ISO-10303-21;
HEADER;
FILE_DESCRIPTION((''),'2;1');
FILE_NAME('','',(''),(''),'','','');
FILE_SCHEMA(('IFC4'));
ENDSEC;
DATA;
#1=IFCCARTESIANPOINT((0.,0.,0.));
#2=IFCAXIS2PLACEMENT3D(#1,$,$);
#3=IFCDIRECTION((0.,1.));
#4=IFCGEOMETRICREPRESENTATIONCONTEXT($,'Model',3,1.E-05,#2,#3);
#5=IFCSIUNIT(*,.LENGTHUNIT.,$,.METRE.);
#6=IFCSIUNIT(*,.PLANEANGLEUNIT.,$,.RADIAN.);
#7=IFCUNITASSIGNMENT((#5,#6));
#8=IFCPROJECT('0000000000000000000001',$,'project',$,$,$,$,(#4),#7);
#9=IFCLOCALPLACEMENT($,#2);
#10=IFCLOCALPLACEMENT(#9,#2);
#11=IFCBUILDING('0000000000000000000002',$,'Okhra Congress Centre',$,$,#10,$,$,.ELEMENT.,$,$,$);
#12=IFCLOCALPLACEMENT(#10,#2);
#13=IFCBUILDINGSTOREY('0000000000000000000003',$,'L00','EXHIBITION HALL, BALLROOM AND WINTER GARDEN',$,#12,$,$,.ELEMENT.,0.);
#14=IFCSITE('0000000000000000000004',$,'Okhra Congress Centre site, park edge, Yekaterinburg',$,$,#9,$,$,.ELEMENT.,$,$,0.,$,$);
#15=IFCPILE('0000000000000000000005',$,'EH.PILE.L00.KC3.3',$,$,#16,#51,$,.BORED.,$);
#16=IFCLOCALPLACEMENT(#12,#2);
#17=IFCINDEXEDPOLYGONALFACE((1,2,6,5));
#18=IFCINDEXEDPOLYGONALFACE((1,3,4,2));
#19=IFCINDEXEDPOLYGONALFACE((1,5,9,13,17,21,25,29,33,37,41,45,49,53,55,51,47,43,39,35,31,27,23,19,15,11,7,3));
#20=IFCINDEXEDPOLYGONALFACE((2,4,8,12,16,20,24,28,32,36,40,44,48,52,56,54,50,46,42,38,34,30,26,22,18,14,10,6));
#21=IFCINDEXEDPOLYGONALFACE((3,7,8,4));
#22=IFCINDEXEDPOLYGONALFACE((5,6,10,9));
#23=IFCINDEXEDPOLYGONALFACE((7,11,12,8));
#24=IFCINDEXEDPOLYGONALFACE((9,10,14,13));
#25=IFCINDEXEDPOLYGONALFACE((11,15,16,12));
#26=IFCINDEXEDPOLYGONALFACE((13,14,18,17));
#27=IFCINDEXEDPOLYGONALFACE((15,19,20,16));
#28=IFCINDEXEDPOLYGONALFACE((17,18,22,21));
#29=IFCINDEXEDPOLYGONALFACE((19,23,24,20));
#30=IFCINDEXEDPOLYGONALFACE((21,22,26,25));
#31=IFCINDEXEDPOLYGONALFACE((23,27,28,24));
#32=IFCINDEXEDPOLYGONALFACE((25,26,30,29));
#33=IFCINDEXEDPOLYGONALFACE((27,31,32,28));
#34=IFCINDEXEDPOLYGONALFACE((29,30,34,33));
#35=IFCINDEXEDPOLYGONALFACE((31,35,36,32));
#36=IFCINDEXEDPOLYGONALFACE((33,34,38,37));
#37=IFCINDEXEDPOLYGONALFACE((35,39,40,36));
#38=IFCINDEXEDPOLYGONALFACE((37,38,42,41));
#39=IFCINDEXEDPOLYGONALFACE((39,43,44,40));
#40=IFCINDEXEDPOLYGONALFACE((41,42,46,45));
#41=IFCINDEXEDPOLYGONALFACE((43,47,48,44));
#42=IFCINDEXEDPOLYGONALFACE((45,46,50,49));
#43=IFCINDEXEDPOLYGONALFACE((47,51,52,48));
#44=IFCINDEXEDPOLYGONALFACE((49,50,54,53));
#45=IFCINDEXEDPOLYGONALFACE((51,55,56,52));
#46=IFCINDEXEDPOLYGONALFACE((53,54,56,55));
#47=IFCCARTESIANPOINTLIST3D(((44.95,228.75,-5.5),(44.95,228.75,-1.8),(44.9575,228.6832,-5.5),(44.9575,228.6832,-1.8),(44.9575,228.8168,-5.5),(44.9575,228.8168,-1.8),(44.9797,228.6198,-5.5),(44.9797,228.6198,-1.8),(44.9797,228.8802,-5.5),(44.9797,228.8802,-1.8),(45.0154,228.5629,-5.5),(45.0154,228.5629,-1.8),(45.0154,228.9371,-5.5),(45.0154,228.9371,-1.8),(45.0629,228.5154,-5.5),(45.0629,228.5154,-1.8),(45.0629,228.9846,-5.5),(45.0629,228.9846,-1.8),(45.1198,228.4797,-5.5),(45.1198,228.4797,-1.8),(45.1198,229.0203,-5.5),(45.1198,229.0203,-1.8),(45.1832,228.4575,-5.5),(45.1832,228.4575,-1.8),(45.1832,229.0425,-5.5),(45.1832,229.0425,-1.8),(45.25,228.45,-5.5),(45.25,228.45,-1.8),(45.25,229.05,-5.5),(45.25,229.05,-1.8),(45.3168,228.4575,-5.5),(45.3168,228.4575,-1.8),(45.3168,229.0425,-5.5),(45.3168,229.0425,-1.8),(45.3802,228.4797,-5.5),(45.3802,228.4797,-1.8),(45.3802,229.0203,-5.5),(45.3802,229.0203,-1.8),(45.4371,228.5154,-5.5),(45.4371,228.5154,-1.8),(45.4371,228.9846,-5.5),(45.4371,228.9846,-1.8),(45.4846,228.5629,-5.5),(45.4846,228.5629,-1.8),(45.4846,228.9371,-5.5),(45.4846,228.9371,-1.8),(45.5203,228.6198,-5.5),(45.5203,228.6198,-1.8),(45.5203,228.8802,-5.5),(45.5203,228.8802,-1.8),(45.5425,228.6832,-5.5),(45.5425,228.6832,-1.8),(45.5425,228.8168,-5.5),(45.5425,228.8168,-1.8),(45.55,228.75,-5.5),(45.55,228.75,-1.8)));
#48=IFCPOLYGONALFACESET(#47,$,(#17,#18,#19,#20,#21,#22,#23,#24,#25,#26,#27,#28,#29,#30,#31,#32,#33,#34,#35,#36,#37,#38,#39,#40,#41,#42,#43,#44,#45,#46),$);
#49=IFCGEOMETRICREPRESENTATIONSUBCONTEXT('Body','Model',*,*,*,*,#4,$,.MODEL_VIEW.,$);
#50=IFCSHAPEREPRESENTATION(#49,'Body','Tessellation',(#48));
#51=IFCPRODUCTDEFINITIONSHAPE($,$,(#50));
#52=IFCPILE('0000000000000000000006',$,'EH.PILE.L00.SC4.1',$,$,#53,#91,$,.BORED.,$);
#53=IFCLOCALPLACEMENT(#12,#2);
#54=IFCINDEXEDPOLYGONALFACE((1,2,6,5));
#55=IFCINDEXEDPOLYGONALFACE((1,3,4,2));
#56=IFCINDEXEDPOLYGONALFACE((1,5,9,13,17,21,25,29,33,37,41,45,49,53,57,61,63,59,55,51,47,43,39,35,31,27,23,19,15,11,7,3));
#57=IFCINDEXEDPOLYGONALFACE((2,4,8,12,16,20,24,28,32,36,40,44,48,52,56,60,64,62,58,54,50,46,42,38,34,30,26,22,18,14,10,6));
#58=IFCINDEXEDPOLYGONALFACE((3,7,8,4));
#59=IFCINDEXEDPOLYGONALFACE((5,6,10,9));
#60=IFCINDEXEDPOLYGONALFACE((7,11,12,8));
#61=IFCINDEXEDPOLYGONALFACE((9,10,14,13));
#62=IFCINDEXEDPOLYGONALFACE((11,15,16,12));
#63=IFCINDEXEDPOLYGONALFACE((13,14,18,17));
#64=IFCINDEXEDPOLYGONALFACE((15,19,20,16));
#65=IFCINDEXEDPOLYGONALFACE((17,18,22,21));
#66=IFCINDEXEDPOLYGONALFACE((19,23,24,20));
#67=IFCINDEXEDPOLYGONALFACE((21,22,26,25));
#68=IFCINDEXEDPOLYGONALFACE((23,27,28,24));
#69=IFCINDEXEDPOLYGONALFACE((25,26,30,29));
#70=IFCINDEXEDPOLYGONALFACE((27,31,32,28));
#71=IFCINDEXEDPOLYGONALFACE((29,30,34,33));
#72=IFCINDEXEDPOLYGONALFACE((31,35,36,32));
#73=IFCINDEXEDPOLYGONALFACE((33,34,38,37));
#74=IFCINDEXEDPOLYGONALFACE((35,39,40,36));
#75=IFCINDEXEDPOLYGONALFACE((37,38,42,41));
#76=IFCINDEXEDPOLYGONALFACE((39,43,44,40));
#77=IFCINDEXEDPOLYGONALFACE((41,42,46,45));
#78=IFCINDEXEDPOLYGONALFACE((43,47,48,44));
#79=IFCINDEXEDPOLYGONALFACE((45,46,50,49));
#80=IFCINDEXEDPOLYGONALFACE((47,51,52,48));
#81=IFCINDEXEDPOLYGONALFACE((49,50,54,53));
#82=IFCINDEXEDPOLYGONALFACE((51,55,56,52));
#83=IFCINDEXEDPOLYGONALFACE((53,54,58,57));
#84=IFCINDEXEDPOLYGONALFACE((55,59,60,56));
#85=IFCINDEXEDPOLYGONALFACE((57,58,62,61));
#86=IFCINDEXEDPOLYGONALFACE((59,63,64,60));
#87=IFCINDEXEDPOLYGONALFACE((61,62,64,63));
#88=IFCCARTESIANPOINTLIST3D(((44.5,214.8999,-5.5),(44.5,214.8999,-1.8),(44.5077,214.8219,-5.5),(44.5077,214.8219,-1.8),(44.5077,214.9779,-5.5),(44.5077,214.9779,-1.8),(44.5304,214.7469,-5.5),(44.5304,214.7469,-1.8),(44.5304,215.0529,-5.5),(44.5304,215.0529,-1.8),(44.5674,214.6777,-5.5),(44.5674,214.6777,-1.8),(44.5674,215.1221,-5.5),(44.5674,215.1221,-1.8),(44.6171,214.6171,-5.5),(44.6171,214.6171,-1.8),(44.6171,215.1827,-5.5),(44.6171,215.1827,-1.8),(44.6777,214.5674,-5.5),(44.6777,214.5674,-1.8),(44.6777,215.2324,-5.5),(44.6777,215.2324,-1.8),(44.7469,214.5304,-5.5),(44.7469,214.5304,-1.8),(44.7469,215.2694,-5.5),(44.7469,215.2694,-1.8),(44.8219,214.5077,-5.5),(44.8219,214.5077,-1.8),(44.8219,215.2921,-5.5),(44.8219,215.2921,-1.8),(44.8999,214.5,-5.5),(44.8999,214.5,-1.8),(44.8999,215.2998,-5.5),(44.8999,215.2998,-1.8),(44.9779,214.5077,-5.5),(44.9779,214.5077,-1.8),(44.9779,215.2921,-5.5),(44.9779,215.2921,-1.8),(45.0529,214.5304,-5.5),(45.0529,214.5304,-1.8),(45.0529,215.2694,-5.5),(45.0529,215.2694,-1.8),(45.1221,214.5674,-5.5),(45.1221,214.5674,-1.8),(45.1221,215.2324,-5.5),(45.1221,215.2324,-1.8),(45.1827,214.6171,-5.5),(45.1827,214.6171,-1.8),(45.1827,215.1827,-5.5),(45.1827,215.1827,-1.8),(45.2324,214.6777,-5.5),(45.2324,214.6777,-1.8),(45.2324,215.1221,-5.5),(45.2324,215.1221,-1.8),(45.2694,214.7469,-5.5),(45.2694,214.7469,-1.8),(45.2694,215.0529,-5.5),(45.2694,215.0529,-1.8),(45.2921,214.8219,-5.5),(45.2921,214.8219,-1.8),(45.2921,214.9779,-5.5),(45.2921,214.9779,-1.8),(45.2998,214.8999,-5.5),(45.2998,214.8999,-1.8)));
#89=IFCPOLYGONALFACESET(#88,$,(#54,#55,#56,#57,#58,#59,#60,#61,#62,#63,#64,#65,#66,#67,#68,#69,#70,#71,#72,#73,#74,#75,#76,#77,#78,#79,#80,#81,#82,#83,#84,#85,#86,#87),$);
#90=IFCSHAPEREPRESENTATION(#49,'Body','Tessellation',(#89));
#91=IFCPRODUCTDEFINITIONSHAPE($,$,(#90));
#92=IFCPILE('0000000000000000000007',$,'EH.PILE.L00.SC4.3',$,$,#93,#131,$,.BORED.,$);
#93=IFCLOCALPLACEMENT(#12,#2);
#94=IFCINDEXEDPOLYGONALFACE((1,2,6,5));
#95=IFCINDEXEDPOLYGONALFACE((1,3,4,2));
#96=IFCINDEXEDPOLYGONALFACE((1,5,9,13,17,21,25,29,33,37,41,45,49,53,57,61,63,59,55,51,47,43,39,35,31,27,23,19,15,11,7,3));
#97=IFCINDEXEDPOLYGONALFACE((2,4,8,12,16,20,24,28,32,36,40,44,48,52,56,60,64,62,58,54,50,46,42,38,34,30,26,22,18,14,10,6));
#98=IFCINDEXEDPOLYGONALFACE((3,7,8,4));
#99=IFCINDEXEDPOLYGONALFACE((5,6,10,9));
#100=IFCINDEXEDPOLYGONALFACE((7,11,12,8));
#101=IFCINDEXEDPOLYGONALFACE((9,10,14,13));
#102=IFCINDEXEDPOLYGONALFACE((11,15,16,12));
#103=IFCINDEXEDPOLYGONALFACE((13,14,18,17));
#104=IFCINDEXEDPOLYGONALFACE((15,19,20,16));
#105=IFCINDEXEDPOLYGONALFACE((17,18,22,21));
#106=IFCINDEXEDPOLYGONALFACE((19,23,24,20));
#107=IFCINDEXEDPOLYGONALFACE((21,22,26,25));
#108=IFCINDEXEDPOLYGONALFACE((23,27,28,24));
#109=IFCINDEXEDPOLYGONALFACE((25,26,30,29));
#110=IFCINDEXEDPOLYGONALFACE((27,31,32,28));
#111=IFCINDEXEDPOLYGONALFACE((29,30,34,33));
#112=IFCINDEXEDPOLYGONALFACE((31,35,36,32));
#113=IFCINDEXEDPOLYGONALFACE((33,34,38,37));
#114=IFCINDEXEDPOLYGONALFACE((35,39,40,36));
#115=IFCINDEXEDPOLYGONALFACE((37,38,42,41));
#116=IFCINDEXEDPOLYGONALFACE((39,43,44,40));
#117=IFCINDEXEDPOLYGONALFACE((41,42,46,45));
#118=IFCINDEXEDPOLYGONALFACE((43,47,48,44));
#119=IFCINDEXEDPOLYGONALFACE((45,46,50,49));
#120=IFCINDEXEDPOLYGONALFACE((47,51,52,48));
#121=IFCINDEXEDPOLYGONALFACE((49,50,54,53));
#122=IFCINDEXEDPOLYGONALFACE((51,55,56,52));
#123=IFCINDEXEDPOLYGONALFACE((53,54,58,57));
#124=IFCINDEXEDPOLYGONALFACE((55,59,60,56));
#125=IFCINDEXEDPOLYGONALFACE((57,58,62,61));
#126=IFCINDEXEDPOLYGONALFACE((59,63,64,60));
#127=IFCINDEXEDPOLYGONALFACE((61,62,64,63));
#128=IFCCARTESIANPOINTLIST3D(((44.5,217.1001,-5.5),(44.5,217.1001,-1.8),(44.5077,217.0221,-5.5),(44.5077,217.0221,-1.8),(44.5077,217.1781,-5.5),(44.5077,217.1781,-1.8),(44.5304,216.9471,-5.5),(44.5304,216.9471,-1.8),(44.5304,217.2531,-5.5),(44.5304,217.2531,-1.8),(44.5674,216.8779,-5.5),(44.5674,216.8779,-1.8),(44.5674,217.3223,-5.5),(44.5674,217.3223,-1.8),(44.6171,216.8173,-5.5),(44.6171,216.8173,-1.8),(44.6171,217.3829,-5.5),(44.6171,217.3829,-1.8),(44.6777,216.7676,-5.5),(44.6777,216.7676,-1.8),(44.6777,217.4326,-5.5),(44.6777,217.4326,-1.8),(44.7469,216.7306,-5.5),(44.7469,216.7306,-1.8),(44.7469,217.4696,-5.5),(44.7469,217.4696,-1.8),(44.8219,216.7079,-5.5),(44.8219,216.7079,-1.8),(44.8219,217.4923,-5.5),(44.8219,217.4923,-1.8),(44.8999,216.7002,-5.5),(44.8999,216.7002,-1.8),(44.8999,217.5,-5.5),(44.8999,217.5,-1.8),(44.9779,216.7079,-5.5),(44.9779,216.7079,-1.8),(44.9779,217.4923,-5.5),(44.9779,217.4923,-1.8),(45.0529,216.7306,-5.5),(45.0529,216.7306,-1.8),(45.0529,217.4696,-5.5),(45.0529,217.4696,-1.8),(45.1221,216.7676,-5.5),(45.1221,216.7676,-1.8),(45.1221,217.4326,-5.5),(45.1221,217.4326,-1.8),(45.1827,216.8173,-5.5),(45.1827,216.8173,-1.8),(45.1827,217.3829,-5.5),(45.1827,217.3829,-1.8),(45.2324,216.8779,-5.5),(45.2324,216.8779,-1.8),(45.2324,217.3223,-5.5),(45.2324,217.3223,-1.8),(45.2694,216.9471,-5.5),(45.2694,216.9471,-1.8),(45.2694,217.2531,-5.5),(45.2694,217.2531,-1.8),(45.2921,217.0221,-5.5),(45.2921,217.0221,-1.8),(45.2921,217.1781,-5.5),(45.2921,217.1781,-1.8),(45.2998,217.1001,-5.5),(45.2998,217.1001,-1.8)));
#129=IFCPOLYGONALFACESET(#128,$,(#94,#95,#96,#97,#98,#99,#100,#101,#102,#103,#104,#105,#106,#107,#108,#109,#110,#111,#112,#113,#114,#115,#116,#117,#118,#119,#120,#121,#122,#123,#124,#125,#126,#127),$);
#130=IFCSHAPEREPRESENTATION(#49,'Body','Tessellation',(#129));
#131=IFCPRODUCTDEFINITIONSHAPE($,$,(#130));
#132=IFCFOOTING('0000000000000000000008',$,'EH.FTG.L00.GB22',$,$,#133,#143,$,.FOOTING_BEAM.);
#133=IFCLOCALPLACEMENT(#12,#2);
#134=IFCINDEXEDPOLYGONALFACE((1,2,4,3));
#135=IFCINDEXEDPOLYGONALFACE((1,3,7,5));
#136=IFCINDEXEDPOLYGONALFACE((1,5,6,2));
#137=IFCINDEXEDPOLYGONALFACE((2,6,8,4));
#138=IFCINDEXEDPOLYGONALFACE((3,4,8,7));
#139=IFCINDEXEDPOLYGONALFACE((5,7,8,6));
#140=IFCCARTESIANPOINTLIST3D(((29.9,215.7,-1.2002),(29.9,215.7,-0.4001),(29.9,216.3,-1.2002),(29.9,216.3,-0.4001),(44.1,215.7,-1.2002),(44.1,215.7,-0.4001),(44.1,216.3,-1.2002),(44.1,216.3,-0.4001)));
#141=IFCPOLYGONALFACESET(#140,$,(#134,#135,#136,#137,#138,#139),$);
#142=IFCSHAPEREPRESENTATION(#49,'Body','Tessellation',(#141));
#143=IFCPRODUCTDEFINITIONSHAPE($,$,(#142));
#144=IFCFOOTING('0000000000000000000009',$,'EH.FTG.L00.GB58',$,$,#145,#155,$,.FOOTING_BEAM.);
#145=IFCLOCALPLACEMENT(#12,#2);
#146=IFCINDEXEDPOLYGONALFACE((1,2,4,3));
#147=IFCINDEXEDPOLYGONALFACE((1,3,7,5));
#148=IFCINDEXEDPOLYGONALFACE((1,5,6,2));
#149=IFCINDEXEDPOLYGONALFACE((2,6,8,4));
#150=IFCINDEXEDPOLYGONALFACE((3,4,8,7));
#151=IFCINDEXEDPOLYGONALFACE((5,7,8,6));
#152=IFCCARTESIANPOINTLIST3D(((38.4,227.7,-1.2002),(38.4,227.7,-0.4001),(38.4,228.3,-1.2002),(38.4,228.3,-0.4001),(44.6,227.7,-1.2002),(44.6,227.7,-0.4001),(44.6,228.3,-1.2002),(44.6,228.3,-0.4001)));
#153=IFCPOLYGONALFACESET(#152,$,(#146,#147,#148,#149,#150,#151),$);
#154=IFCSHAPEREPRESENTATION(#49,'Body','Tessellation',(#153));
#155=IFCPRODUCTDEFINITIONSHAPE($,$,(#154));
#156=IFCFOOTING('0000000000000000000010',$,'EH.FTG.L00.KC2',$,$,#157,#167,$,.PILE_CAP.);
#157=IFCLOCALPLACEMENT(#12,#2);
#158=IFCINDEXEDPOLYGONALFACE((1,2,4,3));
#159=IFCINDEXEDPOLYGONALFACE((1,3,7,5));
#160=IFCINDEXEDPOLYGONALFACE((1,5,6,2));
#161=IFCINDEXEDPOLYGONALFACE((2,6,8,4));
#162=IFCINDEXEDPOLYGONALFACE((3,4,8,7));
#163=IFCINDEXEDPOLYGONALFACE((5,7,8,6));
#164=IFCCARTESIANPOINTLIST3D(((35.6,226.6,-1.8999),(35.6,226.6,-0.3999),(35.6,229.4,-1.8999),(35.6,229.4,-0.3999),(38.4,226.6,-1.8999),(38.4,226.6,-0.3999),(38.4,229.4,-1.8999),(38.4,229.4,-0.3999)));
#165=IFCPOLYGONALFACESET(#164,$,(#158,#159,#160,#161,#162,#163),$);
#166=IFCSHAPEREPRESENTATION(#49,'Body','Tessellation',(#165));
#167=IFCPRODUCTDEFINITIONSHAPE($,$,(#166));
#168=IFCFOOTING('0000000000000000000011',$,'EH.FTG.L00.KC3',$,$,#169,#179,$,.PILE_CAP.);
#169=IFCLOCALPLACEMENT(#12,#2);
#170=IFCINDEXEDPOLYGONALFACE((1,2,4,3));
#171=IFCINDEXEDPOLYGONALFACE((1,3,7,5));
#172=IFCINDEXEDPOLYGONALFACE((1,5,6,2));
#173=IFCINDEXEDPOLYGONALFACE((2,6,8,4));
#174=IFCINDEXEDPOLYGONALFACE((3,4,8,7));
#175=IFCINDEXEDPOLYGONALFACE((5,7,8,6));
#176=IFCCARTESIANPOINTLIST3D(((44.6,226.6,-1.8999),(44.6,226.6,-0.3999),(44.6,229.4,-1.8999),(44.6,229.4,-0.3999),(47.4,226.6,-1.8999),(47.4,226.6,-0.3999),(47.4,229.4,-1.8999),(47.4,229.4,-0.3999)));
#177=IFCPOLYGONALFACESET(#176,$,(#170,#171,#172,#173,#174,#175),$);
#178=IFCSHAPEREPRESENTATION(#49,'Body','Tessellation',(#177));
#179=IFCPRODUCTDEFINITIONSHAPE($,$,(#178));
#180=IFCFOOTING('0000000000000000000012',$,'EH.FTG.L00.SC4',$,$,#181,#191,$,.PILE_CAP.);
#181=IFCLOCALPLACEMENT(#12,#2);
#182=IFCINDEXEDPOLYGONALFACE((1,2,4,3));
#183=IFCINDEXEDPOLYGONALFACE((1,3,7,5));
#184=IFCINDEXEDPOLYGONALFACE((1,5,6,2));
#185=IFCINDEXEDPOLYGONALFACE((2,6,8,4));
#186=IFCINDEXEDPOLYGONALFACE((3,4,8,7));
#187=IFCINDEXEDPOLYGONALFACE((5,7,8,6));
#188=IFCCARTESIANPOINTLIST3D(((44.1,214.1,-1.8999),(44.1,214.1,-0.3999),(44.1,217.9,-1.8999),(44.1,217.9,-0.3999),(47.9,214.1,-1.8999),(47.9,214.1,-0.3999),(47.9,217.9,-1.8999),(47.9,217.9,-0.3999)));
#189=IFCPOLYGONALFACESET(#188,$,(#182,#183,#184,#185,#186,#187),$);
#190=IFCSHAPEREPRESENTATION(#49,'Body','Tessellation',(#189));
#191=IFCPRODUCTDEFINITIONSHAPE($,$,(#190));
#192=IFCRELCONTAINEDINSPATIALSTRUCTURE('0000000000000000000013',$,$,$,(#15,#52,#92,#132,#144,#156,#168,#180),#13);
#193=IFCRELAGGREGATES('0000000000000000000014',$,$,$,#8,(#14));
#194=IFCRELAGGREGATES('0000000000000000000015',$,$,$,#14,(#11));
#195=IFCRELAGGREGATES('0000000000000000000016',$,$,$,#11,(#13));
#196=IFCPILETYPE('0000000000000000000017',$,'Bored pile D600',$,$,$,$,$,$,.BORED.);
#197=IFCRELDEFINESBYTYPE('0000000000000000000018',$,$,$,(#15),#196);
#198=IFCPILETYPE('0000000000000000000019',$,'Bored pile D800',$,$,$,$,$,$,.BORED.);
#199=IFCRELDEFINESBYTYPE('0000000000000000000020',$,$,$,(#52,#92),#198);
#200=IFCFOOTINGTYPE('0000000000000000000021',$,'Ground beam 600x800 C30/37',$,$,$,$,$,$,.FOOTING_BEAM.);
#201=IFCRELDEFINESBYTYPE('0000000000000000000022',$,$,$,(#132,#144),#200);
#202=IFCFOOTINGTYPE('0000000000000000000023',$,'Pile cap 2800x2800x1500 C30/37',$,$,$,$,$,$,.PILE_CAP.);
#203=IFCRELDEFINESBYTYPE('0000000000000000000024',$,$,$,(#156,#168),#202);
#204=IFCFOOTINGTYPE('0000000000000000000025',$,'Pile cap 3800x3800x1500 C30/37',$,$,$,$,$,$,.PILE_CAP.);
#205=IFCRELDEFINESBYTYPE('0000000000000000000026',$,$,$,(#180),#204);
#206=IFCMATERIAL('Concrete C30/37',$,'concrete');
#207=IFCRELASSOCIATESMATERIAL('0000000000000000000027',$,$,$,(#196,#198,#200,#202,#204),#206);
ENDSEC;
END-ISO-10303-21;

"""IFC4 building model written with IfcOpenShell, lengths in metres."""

from ifc_helpers import new_model, si_unit, direction, frame, origin, origin_2d, place, context, subcontext, project, spatial, rectangle, circle, extrude, material, material_profile, profile_set, type_object, element, save


model = new_model("IFC4")

# Units and contexts
model_context = context("Model", 3, precision=1e-05, world=origin(), true_north=direction((0.0, 1.0)))
body_context = subcontext(model_context, "Body", "Model", "MODEL_VIEW")
ifc_project = project(units=[si_unit("LENGTHUNIT", "METRE"), si_unit("PLANEANGLEUNIT", "RADIAN")], contexts=[model_context])

# Site, building, storey
site_placement = place(None, origin())
site = spatial("IfcSite", under=ifc_project, at=site_placement, Name="Okhra Congress Centre site, park edge, Yekaterinburg", CompositionType="ELEMENT", RefElevation=0.0)
building_placement = place(site_placement, origin())
building = spatial("IfcBuilding", under=site, at=building_placement, Name="Okhra Congress Centre", CompositionType="ELEMENT")
storey_placement = place(building_placement, origin())
storey = spatial("IfcBuildingStorey", under=building, at=storey_placement, Name="L00", Description="EXHIBITION HALL, BALLROOM AND WINTER GARDEN", CompositionType="ELEMENT", Elevation=0.0)

# Piles
ifc_material_1 = material(Name="Concrete C30/37", Category="concrete")
ifc_material_profile_1 = material_profile(ifc_material_1, circle(Radius=0.3, at=origin_2d()), Name="D600")
ifc_profile_set_1 = profile_set([ifc_material_profile_1], Name="Concrete C30/37")
pile_type_1 = type_object("IfcPileType", Name="Bored pile D600", PredefinedType="BORED", material=ifc_profile_set_1)
for number, where, z_axis, x_axis, name in (
    (1, (45.25, 228.75, -1.8), (0.0, 0.0, -1.0), (1.0, 0.0, 0.0), "EH.PILE.L00.KC3.3"),
):
    element("IfcPile", number, at=place(storey_placement, frame(where, z_axis=z_axis, x_axis=x_axis)), inside=storey, type_object=pile_type_1, Name=name, PredefinedType="BORED", context=body_context, shape_type="SweptSolid", body=[
        extrude(circle(Radius=0.3, at=origin_2d()), origin(), (0.0, 0.0, 1.0), 3.7),
    ])
ifc_material_profile_2 = material_profile(ifc_material_1, circle(Radius=0.3999, at=origin_2d()), Name="D800")
ifc_profile_set_2 = profile_set([ifc_material_profile_2], Name="Concrete C30/37")
pile_type_2 = type_object("IfcPileType", Name="Bored pile D800", PredefinedType="BORED", material=ifc_profile_set_2)
for number, where, z_axis, x_axis, name in (
    (2, (44.8999, 214.8999, -1.8), (0.0, 0.0, -1.0), (1.0, 0.0, 0.0), "EH.PILE.L00.SC4.1"),
    (3, (44.8999, 217.1001, -1.8), (0.0, 0.0, -1.0), (1.0, 0.0, 0.0), "EH.PILE.L00.SC4.3"),
):
    element("IfcPile", number, at=place(storey_placement, frame(where, z_axis=z_axis, x_axis=x_axis)), inside=storey, type_object=pile_type_2, Name=name, PredefinedType="BORED", context=body_context, shape_type="SweptSolid", body=[
        extrude(circle(Radius=0.3999, at=origin_2d()), origin(), (0.0, 0.0, 1.0), 3.7),
    ])

# Footings
footing_type_1 = type_object("IfcFootingType", Name="Ground beam 600x800 C30/37", PredefinedType="FOOTING_BEAM", material=ifc_material_1)
footing_1_placement = place(storey_placement, frame((37.0, 216.0, -1.2002), z_axis=(0.0, 0.0, 1.0), x_axis=(1.0, 0.0, 0.0)))
element("IfcFooting", 4, at=footing_1_placement, inside=storey, type_object=footing_type_1, Name="EH.FTG.L00.GB22", PredefinedType="FOOTING_BEAM", context=body_context, shape_type="SweptSolid", body=[
    extrude(rectangle(XDim=14.2, YDim=0.6001, at=origin_2d()), origin(), (0.0, 0.0, 1.0), 0.8),
])
footing_2_placement = place(storey_placement, frame((41.5, 228.0, -1.2002), z_axis=(0.0, 0.0, 1.0), x_axis=(1.0, 0.0, 0.0)))
element("IfcFooting", 5, at=footing_2_placement, inside=storey, type_object=footing_type_1, Name="EH.FTG.L00.GB58", PredefinedType="FOOTING_BEAM", context=body_context, shape_type="SweptSolid", body=[
    extrude(rectangle(XDim=6.2, YDim=0.6001, at=origin_2d()), origin(), (0.0, 0.0, 1.0), 0.8),
])
footing_type_2 = type_object("IfcFootingType", Name="Pile cap 2800x2800x1500 C30/37", PredefinedType="PILE_CAP", material=ifc_material_1)
for number, where, z_axis, x_axis, name in (
    (6, (37.0, 228.0, -1.8999), (0.0, 0.0, 1.0), (1.0, 0.0, 0.0), "EH.FTG.L00.KC2"),
    (7, (46.0, 228.0, -1.8999), (0.0, 0.0, 1.0), (1.0, 0.0, 0.0), "EH.FTG.L00.KC3"),
):
    element("IfcFooting", number, at=place(storey_placement, frame(where, z_axis=z_axis, x_axis=x_axis)), inside=storey, type_object=footing_type_2, Name=name, PredefinedType="PILE_CAP", context=body_context, shape_type="SweptSolid", body=[
        extrude(rectangle(XDim=2.8, YDim=2.8, at=origin_2d()), origin(), (0.0, 0.0, 1.0), 1.5),
    ])
footing_type_3 = type_object("IfcFootingType", Name="Pile cap 3800x3800x1500 C30/37", PredefinedType="PILE_CAP", material=ifc_material_1)
footing_3_placement = place(storey_placement, frame((46.0, 216.0, -1.8999), z_axis=(0.0, 0.0, 1.0), x_axis=(1.0, 0.0, 0.0)))
element("IfcFooting", 8, at=footing_3_placement, inside=storey, type_object=footing_type_3, Name="EH.FTG.L00.SC4", PredefinedType="PILE_CAP", context=body_context, shape_type="SweptSolid", body=[
    extrude(rectangle(XDim=3.8, YDim=3.8, at=origin_2d()), origin(), (0.0, 0.0, 1.0), 1.5),
])

save(model, "model.ifc")
